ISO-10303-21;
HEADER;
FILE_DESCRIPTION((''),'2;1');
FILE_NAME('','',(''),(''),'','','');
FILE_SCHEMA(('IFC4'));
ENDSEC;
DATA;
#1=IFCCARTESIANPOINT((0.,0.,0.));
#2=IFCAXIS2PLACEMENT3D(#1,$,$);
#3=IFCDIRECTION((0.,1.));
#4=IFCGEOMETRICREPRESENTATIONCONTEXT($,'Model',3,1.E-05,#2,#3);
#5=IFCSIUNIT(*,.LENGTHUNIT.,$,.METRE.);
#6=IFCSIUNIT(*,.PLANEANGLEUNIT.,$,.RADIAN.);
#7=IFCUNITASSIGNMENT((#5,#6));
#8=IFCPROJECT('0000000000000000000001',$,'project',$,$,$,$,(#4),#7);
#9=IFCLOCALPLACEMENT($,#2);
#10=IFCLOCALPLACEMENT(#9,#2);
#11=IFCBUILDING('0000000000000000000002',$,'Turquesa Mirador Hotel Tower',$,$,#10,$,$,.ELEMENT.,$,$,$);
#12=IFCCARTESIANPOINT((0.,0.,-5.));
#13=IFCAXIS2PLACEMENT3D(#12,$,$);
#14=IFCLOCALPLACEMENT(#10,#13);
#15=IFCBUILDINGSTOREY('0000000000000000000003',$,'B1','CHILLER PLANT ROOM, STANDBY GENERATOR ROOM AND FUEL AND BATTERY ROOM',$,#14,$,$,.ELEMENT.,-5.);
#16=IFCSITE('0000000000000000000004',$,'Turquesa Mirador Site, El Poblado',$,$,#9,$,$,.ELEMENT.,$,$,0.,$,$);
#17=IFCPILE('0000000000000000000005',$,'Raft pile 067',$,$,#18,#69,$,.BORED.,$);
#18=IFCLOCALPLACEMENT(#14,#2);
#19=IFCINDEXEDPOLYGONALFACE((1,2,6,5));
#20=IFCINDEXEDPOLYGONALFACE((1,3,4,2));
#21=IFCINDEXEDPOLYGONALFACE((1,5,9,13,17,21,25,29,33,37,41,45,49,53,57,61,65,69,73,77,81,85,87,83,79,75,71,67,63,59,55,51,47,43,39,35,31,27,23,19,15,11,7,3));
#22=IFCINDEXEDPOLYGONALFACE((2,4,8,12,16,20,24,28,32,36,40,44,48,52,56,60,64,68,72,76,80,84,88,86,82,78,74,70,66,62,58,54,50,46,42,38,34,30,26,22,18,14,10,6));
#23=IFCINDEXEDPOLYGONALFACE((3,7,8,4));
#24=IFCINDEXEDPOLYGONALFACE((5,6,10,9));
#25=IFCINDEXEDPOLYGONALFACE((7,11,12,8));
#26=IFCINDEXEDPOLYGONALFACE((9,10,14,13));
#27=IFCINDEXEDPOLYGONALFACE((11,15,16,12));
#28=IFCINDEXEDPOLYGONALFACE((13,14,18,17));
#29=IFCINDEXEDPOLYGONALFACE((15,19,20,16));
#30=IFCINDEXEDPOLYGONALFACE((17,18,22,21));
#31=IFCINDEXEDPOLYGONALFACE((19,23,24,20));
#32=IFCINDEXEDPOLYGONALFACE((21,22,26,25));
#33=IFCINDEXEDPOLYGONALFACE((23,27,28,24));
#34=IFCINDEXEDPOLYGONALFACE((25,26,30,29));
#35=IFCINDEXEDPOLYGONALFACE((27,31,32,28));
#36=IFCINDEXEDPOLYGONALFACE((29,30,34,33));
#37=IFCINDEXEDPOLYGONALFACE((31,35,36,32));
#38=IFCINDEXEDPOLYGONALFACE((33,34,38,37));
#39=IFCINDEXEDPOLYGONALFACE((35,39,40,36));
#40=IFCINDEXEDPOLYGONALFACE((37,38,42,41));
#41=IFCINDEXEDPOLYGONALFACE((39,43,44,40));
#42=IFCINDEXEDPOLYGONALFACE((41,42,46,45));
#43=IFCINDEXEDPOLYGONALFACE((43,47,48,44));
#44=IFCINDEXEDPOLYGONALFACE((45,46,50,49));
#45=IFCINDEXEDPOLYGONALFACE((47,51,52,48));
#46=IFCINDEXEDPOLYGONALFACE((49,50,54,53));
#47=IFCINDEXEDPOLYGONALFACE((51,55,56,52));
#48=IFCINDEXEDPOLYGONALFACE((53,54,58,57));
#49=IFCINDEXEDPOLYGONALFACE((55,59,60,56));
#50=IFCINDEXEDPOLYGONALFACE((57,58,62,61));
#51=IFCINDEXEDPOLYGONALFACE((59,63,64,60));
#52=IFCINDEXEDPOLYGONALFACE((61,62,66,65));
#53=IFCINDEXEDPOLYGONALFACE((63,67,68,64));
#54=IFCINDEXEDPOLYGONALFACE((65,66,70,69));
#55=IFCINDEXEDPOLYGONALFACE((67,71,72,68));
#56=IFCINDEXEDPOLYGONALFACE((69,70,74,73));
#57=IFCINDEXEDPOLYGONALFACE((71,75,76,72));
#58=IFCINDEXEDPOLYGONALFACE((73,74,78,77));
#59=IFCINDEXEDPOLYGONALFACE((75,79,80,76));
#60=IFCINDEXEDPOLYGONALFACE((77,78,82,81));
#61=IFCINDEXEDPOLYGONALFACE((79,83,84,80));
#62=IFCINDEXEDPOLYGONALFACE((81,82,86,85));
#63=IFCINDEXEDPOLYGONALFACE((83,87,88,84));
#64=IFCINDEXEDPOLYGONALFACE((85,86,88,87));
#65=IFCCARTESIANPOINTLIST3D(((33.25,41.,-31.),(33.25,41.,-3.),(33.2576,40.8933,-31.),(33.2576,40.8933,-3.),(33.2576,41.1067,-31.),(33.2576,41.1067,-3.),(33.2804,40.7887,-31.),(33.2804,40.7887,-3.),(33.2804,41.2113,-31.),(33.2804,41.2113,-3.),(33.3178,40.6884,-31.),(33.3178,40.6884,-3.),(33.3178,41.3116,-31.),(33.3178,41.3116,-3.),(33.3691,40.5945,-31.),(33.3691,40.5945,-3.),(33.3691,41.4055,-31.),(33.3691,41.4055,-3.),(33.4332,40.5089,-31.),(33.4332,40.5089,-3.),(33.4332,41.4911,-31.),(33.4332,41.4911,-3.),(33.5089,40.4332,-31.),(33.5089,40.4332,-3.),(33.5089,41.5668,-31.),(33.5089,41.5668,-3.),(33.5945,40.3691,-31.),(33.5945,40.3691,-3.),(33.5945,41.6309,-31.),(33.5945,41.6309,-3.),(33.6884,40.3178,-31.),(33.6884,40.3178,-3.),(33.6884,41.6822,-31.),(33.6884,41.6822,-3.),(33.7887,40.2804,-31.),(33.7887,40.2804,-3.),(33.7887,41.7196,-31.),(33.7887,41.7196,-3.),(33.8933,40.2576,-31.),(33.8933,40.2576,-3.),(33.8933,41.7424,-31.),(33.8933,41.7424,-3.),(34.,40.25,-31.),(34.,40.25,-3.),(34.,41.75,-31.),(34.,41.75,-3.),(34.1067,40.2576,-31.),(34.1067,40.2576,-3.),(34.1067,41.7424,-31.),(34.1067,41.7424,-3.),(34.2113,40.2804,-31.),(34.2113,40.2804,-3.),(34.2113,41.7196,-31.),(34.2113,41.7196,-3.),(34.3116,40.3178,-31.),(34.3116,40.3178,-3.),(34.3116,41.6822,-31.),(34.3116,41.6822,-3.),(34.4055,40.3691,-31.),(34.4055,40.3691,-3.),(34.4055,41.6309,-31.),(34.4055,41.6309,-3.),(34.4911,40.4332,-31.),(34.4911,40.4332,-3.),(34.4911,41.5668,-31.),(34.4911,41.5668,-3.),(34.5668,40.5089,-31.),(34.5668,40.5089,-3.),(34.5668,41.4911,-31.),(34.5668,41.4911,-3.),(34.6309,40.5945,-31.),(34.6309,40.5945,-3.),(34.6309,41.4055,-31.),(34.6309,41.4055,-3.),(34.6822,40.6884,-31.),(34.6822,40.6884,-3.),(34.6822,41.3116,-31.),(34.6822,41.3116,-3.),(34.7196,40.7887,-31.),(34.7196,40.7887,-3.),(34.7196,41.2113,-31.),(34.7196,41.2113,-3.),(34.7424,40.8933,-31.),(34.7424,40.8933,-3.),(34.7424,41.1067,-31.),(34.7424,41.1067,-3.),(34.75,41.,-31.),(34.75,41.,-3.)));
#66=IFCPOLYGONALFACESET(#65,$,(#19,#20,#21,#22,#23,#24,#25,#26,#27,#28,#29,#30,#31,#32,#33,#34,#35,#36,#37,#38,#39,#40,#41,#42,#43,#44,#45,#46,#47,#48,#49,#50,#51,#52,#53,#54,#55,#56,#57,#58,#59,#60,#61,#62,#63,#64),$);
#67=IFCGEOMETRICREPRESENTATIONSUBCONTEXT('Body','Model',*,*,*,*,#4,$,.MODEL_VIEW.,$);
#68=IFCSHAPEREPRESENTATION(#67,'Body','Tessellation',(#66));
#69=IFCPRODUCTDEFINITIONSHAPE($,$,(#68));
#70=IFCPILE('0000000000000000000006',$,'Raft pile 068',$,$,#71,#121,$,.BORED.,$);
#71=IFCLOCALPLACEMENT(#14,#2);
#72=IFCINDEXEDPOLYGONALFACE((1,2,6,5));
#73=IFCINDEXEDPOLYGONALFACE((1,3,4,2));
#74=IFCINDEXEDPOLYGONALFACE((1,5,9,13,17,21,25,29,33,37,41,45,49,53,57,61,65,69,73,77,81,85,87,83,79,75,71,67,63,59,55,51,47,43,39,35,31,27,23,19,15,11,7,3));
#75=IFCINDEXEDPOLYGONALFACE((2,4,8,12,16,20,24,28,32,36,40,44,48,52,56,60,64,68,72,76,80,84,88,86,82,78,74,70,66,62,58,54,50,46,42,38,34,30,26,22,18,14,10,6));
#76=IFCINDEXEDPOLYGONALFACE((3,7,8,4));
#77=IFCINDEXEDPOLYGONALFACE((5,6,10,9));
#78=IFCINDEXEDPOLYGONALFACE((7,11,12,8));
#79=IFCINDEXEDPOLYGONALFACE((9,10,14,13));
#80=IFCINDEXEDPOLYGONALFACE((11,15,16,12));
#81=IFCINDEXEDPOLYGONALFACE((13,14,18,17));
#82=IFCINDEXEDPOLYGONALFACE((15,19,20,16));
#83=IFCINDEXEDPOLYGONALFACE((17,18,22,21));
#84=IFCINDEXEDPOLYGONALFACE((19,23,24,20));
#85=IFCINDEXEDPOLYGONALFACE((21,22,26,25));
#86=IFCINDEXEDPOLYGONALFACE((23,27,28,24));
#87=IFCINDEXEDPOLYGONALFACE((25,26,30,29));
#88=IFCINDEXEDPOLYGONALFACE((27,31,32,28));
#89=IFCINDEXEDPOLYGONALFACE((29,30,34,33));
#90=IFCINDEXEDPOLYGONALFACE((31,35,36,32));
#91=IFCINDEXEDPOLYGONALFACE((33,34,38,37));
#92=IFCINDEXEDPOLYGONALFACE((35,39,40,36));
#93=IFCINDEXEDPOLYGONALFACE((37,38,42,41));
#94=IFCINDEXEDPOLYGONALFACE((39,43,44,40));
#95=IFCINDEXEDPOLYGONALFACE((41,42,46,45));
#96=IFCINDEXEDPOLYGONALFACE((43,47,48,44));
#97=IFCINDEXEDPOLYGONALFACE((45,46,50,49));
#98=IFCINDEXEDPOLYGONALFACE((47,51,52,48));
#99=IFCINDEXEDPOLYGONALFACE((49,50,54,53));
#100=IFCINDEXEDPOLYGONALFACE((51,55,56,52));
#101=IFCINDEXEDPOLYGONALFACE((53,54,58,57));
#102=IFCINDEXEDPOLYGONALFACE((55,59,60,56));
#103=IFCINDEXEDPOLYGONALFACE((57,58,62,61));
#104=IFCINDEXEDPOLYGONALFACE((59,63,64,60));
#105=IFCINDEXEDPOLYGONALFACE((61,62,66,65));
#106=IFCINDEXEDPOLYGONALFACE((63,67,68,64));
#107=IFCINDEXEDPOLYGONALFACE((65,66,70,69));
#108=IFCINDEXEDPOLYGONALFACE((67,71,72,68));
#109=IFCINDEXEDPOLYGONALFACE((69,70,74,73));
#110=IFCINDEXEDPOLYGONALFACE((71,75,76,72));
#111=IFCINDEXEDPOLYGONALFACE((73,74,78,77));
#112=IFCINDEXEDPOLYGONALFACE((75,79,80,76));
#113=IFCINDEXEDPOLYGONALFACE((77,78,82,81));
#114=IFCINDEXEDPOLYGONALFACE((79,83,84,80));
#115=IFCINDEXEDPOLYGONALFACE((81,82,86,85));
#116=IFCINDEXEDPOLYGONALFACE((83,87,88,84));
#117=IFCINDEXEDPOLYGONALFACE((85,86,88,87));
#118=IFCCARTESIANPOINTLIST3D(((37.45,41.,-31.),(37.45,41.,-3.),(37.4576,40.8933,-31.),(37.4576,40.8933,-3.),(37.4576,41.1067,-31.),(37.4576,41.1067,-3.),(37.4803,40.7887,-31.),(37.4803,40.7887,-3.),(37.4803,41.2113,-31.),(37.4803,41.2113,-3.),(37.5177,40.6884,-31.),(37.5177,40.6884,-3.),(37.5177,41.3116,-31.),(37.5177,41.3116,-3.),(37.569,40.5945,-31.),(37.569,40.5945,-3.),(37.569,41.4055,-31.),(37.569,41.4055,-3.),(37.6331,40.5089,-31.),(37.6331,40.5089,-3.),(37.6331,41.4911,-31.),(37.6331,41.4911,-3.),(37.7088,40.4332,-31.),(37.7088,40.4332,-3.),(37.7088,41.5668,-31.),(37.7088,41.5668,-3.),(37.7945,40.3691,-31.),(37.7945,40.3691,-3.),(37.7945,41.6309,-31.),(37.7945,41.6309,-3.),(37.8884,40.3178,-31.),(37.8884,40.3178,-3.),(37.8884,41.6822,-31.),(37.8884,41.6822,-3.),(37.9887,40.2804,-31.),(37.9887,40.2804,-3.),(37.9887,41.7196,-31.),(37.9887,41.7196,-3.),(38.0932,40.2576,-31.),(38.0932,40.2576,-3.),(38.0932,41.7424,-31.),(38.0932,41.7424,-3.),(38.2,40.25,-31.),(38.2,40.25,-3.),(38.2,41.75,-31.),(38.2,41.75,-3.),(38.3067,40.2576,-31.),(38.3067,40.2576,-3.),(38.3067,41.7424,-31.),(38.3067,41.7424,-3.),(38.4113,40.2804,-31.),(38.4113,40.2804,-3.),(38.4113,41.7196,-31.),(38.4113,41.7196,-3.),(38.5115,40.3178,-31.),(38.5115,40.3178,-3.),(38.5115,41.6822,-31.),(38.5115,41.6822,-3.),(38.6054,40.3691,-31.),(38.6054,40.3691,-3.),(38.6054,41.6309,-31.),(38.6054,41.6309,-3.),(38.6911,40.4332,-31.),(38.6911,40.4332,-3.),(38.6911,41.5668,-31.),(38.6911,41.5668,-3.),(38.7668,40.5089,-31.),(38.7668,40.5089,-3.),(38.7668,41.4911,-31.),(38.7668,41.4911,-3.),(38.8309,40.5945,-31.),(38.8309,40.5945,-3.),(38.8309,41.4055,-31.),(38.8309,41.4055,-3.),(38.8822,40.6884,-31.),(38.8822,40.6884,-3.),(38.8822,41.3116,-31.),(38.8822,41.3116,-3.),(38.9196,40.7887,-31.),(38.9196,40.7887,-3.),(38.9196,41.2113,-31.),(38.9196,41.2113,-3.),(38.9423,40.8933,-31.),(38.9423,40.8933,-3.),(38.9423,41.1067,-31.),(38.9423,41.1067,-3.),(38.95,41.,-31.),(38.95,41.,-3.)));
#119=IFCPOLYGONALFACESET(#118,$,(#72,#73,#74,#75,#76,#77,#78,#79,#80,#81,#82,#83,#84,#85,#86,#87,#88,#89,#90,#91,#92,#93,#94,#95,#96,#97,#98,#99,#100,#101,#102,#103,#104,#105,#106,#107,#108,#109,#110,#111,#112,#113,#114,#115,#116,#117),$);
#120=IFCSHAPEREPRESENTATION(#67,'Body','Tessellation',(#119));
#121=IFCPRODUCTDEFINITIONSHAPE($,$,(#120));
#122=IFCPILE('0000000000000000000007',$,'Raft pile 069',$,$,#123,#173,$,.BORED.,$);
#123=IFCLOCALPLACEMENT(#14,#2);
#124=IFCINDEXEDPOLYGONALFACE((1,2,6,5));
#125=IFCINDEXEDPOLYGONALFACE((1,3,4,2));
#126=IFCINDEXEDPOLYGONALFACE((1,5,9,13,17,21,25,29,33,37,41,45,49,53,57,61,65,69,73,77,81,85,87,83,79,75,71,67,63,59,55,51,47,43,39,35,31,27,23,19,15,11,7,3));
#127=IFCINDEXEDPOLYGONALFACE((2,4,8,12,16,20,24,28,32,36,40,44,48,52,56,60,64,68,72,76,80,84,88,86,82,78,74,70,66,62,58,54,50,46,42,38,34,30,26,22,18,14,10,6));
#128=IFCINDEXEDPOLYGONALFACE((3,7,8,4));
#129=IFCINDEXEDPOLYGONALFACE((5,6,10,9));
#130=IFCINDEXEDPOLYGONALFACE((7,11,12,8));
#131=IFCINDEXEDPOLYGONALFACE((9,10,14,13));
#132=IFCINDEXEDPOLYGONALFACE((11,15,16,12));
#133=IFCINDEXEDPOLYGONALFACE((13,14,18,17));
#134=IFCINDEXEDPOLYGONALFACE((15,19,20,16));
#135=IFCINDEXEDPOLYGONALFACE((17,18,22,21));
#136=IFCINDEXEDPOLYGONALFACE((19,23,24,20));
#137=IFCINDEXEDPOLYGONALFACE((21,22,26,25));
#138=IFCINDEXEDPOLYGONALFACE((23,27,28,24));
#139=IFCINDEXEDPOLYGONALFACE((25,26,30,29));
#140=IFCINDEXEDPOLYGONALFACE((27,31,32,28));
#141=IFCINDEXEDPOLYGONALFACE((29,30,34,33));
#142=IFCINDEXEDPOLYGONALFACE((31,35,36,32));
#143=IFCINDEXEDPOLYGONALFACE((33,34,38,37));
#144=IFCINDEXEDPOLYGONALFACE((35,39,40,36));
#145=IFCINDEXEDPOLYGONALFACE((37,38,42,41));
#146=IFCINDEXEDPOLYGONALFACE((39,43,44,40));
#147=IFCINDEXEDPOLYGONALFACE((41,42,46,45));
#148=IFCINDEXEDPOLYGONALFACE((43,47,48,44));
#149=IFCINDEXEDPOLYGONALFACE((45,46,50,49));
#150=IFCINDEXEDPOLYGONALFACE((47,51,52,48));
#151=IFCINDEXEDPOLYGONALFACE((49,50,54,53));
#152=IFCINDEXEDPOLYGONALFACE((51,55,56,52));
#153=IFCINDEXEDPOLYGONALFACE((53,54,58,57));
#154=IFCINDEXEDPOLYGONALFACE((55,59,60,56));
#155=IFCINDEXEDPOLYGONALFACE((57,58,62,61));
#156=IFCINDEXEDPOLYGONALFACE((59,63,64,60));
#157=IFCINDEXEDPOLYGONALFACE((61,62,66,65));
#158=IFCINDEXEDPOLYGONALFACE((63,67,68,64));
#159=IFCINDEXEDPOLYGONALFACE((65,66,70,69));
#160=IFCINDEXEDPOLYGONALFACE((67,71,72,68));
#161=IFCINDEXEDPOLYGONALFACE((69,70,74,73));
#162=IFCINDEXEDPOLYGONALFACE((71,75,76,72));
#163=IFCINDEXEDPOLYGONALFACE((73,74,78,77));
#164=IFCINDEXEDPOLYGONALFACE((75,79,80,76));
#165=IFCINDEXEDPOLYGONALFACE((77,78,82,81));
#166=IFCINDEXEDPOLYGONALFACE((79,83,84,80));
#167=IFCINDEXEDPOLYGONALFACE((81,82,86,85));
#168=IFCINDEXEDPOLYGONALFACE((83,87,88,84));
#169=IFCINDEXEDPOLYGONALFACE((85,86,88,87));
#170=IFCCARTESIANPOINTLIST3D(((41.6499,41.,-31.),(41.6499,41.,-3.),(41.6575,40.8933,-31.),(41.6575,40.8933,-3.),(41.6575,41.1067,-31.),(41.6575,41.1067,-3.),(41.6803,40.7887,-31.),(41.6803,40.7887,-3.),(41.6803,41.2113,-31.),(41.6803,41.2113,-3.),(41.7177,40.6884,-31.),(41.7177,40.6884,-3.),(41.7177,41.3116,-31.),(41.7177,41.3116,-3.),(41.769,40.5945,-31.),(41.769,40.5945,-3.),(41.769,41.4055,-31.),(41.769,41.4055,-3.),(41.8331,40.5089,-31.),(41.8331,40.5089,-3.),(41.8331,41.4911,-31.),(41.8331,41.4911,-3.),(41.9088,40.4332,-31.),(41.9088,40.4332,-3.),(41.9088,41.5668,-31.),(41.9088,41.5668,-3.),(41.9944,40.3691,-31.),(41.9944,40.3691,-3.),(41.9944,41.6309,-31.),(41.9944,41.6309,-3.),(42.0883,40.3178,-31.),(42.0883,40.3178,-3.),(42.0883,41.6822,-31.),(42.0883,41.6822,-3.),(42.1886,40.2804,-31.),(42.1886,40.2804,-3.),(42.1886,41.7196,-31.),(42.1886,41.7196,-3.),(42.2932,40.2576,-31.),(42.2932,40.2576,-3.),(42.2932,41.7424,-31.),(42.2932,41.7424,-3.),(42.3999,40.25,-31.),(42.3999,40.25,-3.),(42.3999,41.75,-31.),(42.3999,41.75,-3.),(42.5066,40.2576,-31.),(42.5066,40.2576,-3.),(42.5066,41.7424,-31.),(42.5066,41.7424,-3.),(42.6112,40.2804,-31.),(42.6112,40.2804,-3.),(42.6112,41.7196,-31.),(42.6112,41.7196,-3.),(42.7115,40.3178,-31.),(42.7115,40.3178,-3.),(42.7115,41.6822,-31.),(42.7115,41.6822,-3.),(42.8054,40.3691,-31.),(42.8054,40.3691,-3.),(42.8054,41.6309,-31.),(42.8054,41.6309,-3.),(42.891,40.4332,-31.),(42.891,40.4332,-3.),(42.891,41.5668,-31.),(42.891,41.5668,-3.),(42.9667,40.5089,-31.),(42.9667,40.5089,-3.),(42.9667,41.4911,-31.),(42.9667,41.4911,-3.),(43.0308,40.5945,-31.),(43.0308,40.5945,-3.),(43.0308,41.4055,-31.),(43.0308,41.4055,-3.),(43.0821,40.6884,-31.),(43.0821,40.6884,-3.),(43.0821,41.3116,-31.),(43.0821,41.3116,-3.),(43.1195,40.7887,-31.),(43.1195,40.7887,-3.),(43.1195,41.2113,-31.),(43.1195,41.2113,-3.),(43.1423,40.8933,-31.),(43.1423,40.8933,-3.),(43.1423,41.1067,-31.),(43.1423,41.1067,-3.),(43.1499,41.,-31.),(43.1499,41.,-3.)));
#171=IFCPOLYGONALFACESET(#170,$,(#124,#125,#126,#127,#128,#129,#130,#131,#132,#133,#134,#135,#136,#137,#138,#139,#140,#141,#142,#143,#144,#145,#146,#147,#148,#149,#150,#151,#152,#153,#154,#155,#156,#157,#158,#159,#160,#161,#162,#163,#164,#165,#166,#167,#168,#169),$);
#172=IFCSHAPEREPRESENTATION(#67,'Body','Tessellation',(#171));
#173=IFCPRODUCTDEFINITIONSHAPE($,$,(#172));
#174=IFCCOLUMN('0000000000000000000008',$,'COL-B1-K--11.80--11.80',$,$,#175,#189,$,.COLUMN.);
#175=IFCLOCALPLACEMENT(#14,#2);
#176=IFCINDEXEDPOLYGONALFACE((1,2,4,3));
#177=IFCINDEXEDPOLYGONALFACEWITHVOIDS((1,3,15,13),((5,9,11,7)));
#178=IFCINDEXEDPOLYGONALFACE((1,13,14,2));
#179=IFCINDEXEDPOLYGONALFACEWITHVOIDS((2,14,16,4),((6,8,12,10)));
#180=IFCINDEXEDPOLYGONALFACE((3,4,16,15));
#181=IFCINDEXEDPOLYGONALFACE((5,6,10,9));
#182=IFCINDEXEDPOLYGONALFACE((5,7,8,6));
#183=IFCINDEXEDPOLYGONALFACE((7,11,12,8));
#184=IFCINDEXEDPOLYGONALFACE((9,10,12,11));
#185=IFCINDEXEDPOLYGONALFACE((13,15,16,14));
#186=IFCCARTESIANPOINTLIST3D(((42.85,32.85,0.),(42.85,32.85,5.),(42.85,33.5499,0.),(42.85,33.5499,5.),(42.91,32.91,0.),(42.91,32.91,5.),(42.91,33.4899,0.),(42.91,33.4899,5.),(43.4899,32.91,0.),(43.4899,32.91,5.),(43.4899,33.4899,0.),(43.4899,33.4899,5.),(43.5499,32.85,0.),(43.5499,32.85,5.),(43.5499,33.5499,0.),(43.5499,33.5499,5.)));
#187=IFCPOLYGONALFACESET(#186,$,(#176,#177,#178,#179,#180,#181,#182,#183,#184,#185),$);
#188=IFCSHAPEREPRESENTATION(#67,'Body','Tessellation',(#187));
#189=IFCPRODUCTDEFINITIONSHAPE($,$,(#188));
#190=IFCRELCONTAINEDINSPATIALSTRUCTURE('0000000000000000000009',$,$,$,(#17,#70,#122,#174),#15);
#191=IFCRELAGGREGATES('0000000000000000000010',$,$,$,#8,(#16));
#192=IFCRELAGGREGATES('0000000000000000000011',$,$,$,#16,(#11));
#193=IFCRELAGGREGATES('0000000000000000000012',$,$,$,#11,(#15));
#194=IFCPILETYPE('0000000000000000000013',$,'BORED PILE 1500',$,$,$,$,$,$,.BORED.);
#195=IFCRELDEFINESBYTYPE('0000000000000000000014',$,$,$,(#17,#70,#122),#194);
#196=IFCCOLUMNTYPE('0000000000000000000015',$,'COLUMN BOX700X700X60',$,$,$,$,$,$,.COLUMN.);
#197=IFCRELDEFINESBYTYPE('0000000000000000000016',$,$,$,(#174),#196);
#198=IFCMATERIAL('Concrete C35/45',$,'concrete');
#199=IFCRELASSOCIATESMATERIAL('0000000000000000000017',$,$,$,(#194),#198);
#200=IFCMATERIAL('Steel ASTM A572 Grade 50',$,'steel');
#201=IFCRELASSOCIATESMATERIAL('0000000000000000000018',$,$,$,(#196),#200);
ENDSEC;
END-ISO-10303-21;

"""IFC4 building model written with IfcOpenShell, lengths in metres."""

from ifc_helpers import new_model, si_unit, direction, frame, origin, origin_2d, place, context, subcontext, project, spatial, hollow_rectangle, circle, extrude, material, material_profile, profile_set, type_object, element, save


model = new_model("IFC4")

# Units and contexts
model_context = context("Model", 3, precision=1e-05, world=origin(), true_north=direction((0.0, 1.0)))
body_context = subcontext(model_context, "Body", "Model", "MODEL_VIEW")
ifc_project = project(units=[si_unit("LENGTHUNIT", "METRE"), si_unit("PLANEANGLEUNIT", "RADIAN")], contexts=[model_context])

# Site, building, storey
site_placement = place(None, origin())
site = spatial("IfcSite", under=ifc_project, at=site_placement, Name="Turquesa Mirador Site, El Poblado", CompositionType="ELEMENT", RefElevation=0.0)
building_placement = place(site_placement, origin())
building = spatial("IfcBuilding", under=site, at=building_placement, Name="Turquesa Mirador Hotel Tower", CompositionType="ELEMENT")
storey_placement = place(building_placement, frame((0.0, 0.0, -5.0)))
storey = spatial("IfcBuildingStorey", under=building, at=storey_placement, Name="B1", Description="CHILLER PLANT ROOM, STANDBY GENERATOR ROOM AND FUEL AND BATTERY ROOM", CompositionType="ELEMENT", Elevation=-5.0)

# Piles
ifc_material_1 = material(Name="Concrete C35/45", Category="concrete")
pile_type = type_object("IfcPileType", Name="BORED PILE 1500", PredefinedType="BORED", material=ifc_material_1)
for number, where, z_axis, x_axis, name in (
    (1, (34.0, 41.0, -3.0), (0.0, 0.0, -1.0), (1.0, 0.0, 0.0), "Raft pile 067"),
    (2, (38.2, 41.0, -3.0), (0.0, 0.0, -1.0), (1.0, 0.0, 0.0), "Raft pile 068"),
    (3, (42.3999, 41.0, -3.0), (0.0, 0.0, -1.0), (1.0, 0.0, 0.0), "Raft pile 069"),
):
    element("IfcPile", number, at=place(storey_placement, frame(where, z_axis=z_axis, x_axis=x_axis)), inside=storey, type_object=pile_type, Name=name, PredefinedType="BORED", context=body_context, shape_type="SweptSolid", body=[
        extrude(circle(Radius=0.75, at=origin_2d()), origin(), (0.0, 0.0, 1.0), 28.0),
    ])

# Column
ifc_material_2 = material(Name="Steel ASTM A572 Grade 50", Category="steel")
ifc_material_profile_1 = material_profile(ifc_material_2, hollow_rectangle(XDim=0.7, YDim=0.7, WallThickness=0.0601, at=origin_2d()), Name="BOX700X700X60")
ifc_profile_set_1 = profile_set([ifc_material_profile_1], Name="Steel ASTM A572 Grade 50")
column_type_1 = type_object("IfcColumnType", Name="COLUMN BOX700X700X60", PredefinedType="COLUMN", material=ifc_profile_set_1)
column_placement = place(storey_placement, frame((43.2, 33.2, 0.0), z_axis=(0.0, 0.0, 1.0), x_axis=(1.0, 0.0, 0.0)))
element("IfcColumn", 4, at=column_placement, inside=storey, type_object=column_type_1, Name="COL-B1-K--11.80--11.80", PredefinedType="COLUMN", context=body_context, shape_type="SweptSolid", body=[
    extrude(hollow_rectangle(XDim=0.7, YDim=0.7, WallThickness=0.0601, at=origin_2d()), origin(), (0.0, 0.0, 1.0), 5.0),
])

save(model, "model.ifc")
